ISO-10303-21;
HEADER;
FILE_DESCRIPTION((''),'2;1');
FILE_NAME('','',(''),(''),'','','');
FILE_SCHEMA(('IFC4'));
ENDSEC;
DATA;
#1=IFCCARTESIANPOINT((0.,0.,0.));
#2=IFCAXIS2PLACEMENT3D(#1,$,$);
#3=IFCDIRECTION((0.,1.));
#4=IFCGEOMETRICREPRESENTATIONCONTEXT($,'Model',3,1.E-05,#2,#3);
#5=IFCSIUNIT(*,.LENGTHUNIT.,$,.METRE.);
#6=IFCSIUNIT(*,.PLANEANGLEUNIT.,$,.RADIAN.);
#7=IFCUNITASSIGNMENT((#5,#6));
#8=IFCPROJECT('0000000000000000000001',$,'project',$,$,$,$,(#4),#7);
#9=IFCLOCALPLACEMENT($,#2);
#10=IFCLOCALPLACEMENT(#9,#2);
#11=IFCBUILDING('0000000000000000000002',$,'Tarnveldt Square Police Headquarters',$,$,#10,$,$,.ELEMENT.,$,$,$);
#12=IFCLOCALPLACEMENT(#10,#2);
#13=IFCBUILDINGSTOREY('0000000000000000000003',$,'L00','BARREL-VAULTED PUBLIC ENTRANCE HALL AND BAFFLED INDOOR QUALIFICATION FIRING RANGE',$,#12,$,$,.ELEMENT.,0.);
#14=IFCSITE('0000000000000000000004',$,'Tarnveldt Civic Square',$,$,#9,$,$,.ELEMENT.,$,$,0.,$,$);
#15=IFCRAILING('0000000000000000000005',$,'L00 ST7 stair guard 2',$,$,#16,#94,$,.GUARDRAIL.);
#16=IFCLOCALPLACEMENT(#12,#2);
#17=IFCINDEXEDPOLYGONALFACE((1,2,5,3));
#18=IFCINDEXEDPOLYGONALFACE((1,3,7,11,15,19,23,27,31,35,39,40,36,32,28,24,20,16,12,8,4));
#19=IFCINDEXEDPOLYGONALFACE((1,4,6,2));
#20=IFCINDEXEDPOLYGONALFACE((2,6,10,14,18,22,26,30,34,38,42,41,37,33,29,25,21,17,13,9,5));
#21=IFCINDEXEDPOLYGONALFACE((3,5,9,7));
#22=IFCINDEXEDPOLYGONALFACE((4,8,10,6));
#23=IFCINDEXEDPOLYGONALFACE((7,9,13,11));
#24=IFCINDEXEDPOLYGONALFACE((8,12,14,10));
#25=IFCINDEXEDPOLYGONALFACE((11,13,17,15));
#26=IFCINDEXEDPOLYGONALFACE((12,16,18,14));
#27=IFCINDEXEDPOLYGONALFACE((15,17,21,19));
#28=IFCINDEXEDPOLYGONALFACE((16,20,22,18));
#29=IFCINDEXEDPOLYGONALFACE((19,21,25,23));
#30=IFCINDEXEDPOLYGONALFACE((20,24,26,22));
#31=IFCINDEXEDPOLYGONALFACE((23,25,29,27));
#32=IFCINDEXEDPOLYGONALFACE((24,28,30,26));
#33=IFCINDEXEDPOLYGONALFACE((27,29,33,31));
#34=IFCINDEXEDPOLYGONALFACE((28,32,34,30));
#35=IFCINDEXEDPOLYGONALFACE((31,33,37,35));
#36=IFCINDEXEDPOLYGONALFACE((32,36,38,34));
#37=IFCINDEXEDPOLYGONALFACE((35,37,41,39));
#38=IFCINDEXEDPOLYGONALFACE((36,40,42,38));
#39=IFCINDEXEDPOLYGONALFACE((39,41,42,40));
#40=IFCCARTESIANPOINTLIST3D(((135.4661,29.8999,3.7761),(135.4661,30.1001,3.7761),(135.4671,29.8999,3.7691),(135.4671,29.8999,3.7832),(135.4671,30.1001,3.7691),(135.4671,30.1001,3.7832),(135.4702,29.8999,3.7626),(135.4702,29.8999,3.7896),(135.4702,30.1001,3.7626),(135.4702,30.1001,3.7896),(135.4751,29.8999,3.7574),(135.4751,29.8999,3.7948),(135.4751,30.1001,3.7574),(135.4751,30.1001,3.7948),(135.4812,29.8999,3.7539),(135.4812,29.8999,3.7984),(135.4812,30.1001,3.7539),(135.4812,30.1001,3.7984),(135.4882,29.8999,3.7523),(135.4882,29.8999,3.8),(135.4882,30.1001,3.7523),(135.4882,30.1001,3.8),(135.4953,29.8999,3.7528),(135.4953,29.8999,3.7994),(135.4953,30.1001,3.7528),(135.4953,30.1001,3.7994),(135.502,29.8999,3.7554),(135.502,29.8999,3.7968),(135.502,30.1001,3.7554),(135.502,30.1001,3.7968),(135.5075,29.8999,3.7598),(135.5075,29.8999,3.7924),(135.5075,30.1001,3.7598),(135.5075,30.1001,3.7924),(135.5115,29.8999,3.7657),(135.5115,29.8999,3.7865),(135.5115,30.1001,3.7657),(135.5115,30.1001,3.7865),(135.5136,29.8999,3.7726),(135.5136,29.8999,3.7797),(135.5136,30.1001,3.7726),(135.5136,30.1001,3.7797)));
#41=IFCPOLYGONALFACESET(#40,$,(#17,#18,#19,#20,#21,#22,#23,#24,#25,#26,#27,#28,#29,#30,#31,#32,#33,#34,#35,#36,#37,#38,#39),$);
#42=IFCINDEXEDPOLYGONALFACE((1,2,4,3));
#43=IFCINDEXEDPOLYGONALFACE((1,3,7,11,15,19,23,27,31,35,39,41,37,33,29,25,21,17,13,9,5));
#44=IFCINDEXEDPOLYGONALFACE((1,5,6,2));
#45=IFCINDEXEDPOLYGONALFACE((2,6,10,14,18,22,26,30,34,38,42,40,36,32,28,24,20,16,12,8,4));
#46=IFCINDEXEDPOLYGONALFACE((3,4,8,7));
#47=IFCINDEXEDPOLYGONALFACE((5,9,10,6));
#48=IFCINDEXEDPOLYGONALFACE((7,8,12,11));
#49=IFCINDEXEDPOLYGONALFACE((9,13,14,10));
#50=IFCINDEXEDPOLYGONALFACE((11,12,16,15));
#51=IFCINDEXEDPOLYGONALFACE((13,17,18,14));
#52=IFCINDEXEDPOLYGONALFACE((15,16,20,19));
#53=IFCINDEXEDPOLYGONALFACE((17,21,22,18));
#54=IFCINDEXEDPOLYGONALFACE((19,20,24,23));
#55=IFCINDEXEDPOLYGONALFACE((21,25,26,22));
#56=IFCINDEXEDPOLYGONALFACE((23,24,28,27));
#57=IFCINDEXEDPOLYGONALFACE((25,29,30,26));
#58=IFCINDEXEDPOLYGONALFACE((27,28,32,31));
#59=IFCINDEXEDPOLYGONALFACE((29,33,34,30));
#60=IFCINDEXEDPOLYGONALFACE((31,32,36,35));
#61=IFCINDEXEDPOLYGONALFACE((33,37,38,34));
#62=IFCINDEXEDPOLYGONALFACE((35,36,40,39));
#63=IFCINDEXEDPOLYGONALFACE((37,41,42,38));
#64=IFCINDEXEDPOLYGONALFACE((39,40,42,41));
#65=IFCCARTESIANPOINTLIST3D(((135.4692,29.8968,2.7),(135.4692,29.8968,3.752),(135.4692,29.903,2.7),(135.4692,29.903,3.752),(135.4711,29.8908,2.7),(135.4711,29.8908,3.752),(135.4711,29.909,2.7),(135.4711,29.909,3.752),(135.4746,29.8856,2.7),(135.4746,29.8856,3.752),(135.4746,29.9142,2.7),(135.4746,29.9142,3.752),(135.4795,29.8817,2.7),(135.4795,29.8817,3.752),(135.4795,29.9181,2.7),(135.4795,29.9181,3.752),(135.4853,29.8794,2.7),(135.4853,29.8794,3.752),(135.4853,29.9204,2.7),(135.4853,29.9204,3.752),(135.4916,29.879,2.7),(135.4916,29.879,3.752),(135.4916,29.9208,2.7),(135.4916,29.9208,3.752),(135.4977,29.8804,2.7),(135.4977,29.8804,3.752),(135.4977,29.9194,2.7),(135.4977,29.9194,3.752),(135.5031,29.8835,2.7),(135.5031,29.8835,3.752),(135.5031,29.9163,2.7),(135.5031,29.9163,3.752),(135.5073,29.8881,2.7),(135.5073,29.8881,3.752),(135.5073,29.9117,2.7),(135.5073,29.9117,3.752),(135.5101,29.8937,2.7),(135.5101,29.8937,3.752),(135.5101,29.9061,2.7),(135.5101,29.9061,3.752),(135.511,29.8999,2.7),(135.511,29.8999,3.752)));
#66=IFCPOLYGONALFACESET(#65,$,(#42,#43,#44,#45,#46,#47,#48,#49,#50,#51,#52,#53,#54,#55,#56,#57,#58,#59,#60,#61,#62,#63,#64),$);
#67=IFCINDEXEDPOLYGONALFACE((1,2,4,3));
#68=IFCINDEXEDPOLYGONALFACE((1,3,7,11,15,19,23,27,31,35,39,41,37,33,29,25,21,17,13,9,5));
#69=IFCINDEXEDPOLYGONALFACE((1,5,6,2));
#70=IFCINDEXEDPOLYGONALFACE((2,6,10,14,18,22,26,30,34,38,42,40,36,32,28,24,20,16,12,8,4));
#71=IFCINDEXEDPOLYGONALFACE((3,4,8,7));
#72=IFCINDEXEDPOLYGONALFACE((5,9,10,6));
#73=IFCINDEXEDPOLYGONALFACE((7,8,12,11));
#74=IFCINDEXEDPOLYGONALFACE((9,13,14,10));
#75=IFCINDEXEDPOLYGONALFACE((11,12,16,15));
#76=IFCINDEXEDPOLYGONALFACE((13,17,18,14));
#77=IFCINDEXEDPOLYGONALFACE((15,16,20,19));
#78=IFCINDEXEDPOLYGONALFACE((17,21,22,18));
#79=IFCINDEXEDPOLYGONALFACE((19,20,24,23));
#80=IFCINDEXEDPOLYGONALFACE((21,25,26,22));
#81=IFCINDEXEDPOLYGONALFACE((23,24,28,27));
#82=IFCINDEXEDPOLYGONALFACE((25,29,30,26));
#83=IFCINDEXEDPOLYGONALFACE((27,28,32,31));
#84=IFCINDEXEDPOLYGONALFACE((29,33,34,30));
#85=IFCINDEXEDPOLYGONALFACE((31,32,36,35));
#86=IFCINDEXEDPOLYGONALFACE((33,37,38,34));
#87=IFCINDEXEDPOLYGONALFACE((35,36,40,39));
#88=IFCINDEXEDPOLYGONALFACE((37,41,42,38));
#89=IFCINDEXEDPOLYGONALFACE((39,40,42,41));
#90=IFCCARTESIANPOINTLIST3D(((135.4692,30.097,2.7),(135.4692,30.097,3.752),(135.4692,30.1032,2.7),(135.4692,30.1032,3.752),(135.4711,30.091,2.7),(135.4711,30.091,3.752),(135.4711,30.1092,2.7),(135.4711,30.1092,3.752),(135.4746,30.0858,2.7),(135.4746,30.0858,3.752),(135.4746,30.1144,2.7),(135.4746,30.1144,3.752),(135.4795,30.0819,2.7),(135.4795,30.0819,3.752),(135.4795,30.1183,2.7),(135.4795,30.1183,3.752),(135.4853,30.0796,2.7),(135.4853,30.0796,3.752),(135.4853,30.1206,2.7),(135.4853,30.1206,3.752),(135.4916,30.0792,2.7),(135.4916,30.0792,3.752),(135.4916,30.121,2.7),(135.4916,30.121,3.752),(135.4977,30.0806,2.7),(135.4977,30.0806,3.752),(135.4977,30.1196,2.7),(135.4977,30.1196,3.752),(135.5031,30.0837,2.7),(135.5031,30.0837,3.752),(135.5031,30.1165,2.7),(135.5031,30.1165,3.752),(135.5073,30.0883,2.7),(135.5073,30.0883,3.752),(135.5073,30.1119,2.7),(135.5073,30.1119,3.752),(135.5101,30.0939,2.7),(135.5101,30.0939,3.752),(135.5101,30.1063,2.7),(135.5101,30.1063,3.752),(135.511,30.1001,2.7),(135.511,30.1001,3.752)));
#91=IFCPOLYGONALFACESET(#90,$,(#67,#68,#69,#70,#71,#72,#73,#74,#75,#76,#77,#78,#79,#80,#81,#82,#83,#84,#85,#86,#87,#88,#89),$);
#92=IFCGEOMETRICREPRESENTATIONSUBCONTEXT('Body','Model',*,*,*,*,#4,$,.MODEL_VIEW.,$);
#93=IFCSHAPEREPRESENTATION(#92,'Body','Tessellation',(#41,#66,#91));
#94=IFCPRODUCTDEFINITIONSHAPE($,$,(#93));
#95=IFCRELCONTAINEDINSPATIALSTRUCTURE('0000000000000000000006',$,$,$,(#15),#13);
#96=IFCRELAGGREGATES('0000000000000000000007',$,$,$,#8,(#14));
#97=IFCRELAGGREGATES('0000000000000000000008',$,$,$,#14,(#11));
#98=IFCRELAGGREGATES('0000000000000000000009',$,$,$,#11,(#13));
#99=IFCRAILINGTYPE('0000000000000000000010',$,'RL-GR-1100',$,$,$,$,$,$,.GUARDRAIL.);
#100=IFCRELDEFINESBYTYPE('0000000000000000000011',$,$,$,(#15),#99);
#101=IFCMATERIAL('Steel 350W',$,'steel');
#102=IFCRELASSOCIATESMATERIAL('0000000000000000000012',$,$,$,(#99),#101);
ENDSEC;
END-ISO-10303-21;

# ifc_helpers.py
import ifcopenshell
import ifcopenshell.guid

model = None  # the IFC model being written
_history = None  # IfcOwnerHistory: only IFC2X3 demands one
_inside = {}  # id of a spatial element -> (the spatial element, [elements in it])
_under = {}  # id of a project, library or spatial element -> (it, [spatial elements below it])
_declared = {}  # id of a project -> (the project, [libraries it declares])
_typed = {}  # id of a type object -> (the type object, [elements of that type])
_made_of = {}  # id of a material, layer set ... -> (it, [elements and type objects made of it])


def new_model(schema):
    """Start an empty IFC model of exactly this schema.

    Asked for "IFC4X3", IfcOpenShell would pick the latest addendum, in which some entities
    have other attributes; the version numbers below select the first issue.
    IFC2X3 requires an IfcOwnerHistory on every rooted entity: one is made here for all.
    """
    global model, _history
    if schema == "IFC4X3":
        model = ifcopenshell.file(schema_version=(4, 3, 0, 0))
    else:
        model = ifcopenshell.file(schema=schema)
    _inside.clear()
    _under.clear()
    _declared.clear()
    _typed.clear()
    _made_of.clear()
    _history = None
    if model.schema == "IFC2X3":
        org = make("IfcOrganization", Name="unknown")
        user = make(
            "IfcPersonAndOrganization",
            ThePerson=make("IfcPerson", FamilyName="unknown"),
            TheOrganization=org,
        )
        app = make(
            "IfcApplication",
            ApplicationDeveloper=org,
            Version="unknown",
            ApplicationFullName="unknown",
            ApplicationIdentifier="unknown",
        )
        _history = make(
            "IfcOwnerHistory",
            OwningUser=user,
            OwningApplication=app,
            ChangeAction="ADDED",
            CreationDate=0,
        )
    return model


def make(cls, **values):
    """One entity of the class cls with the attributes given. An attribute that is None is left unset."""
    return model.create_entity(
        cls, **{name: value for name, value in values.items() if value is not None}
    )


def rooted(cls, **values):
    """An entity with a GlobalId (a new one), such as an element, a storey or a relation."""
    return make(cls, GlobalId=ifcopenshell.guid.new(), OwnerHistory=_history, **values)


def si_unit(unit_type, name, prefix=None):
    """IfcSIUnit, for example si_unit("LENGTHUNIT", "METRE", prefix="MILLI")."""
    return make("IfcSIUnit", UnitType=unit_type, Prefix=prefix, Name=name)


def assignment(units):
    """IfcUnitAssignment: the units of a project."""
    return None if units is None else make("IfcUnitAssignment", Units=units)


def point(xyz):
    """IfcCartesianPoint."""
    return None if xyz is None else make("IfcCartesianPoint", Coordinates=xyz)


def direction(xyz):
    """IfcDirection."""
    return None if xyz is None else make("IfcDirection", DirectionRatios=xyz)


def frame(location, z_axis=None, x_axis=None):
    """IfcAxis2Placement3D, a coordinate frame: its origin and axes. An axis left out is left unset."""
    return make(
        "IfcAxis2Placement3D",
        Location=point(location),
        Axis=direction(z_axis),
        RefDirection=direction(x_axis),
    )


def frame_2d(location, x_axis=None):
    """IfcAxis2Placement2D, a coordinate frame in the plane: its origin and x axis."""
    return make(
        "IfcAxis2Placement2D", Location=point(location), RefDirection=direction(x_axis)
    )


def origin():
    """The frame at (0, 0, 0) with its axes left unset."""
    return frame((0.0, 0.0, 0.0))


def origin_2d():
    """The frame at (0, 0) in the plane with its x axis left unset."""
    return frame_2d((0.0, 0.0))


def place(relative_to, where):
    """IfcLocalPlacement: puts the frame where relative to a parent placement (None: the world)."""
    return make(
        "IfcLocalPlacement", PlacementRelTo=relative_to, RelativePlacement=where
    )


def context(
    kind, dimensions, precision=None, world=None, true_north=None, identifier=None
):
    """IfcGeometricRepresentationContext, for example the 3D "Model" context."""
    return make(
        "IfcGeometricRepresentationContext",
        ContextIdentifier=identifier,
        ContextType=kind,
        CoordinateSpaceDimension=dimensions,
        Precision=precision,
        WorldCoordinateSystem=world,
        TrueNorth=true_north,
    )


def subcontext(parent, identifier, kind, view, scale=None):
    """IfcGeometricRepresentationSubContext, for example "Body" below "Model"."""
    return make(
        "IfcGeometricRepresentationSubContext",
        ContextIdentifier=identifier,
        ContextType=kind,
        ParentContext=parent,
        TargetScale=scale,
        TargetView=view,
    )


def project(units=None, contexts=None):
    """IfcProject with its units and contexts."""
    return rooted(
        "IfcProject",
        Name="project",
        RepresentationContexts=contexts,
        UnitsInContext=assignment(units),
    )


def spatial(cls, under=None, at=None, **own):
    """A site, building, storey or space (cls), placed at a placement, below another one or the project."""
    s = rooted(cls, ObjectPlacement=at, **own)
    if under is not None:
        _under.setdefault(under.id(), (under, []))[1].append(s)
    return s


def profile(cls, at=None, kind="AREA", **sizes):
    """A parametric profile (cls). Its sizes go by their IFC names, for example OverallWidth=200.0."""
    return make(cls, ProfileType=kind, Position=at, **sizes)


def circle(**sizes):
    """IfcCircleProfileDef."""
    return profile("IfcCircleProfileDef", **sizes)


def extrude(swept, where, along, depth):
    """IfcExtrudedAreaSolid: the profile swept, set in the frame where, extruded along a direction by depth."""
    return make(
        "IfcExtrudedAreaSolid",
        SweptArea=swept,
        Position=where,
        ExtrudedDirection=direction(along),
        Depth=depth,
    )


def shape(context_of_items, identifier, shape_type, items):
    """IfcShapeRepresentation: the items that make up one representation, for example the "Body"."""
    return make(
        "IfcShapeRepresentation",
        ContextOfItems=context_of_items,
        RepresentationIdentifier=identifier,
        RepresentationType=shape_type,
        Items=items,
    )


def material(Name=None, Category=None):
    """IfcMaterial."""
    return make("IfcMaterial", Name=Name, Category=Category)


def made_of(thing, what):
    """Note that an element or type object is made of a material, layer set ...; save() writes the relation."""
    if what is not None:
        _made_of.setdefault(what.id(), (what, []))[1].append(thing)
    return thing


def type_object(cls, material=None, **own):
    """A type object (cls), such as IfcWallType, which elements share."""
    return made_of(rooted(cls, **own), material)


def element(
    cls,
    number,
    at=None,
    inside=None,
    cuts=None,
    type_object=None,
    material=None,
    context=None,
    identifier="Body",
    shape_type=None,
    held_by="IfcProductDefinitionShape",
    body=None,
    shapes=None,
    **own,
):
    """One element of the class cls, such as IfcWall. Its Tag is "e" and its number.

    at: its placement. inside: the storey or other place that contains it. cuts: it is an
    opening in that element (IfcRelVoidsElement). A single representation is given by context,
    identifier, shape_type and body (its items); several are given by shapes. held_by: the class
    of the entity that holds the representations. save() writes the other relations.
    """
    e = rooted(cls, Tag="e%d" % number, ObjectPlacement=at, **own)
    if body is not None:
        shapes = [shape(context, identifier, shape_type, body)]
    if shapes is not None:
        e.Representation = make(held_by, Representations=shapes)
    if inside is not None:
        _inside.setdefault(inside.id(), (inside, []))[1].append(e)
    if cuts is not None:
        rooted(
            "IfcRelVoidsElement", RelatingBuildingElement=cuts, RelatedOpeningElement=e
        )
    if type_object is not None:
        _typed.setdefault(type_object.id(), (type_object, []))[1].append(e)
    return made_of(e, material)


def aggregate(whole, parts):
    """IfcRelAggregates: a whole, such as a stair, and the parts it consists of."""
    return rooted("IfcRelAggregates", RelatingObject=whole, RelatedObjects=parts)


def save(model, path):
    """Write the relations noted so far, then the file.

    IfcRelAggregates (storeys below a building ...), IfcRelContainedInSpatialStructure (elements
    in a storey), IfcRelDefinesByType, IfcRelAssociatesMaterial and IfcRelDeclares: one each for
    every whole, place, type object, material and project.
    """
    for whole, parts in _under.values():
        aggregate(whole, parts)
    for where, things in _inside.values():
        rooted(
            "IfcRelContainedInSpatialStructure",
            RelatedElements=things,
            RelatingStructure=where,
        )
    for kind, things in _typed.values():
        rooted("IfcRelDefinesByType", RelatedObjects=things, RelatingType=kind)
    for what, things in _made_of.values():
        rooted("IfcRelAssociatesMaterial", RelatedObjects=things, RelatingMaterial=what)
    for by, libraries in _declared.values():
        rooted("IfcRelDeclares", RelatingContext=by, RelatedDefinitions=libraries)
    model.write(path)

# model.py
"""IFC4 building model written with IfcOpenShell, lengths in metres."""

from ifc_helpers import new_model, si_unit, direction, frame, origin, origin_2d, place, context, subcontext, project, spatial, circle, extrude, material, type_object, element, save


model = new_model("IFC4")

# Units and contexts
model_context = context("Model", 3, precision=1e-05, world=origin(), true_north=direction((0.0, 1.0)))
body_context = subcontext(model_context, "Body", "Model", "MODEL_VIEW")
ifc_project = project(units=[si_unit("LENGTHUNIT", "METRE"), si_unit("PLANEANGLEUNIT", "RADIAN")], contexts=[model_context])

# Site, building, storey
site_placement = place(None, origin())
site = spatial("IfcSite", under=ifc_project, at=site_placement, Name="Tarnveldt Civic Square", CompositionType="ELEMENT", RefElevation=0.0)
building_placement = place(site_placement, origin())
building = spatial("IfcBuilding", under=site, at=building_placement, Name="Tarnveldt Square Police Headquarters", CompositionType="ELEMENT")
storey_placement = place(building_placement, origin())
storey = spatial("IfcBuildingStorey", under=building, at=storey_placement, Name="L00", Description="BARREL-VAULTED PUBLIC ENTRANCE HALL AND BAFFLED INDOOR QUALIFICATION FIRING RANGE", CompositionType="ELEMENT", Elevation=0.0)

# Shared definitions
ifc_material_1 = material(Name="Steel 350W", Category="steel")

# Railing
railing_type_1 = type_object("IfcRailingType", Name="RL-GR-1100", PredefinedType="GUARDRAIL", material=ifc_material_1)
railing_1_placement = place(storey_placement, frame((135.49, 29.8999, 2.7)))
element("IfcRailing", 1, at=railing_1_placement, inside=storey, type_object=railing_type_1, Name="L00 ST7 stair guard 2", PredefinedType="GUARDRAIL", context=body_context, shape_type="SweptSolid", body=[
    extrude(circle(Radius=0.0239, at=origin_2d()), frame((0.0, 0.0, 1.0762), z_axis=(0.0, 1.0, 0.0), x_axis=(-1.0, 0.0, 0.0)), (0.0, 0.0, 1.0), 0.2002),
    extrude(circle(Radius=0.021, at=origin_2d()), origin(), (0.0, 0.0, 1.0), 1.052),
    extrude(circle(Radius=0.021, at=origin_2d()), frame((0.0, 0.2002, 0.0)), (0.0, 0.0, 1.0), 1.052),
])

save(model, "model.ifc")
